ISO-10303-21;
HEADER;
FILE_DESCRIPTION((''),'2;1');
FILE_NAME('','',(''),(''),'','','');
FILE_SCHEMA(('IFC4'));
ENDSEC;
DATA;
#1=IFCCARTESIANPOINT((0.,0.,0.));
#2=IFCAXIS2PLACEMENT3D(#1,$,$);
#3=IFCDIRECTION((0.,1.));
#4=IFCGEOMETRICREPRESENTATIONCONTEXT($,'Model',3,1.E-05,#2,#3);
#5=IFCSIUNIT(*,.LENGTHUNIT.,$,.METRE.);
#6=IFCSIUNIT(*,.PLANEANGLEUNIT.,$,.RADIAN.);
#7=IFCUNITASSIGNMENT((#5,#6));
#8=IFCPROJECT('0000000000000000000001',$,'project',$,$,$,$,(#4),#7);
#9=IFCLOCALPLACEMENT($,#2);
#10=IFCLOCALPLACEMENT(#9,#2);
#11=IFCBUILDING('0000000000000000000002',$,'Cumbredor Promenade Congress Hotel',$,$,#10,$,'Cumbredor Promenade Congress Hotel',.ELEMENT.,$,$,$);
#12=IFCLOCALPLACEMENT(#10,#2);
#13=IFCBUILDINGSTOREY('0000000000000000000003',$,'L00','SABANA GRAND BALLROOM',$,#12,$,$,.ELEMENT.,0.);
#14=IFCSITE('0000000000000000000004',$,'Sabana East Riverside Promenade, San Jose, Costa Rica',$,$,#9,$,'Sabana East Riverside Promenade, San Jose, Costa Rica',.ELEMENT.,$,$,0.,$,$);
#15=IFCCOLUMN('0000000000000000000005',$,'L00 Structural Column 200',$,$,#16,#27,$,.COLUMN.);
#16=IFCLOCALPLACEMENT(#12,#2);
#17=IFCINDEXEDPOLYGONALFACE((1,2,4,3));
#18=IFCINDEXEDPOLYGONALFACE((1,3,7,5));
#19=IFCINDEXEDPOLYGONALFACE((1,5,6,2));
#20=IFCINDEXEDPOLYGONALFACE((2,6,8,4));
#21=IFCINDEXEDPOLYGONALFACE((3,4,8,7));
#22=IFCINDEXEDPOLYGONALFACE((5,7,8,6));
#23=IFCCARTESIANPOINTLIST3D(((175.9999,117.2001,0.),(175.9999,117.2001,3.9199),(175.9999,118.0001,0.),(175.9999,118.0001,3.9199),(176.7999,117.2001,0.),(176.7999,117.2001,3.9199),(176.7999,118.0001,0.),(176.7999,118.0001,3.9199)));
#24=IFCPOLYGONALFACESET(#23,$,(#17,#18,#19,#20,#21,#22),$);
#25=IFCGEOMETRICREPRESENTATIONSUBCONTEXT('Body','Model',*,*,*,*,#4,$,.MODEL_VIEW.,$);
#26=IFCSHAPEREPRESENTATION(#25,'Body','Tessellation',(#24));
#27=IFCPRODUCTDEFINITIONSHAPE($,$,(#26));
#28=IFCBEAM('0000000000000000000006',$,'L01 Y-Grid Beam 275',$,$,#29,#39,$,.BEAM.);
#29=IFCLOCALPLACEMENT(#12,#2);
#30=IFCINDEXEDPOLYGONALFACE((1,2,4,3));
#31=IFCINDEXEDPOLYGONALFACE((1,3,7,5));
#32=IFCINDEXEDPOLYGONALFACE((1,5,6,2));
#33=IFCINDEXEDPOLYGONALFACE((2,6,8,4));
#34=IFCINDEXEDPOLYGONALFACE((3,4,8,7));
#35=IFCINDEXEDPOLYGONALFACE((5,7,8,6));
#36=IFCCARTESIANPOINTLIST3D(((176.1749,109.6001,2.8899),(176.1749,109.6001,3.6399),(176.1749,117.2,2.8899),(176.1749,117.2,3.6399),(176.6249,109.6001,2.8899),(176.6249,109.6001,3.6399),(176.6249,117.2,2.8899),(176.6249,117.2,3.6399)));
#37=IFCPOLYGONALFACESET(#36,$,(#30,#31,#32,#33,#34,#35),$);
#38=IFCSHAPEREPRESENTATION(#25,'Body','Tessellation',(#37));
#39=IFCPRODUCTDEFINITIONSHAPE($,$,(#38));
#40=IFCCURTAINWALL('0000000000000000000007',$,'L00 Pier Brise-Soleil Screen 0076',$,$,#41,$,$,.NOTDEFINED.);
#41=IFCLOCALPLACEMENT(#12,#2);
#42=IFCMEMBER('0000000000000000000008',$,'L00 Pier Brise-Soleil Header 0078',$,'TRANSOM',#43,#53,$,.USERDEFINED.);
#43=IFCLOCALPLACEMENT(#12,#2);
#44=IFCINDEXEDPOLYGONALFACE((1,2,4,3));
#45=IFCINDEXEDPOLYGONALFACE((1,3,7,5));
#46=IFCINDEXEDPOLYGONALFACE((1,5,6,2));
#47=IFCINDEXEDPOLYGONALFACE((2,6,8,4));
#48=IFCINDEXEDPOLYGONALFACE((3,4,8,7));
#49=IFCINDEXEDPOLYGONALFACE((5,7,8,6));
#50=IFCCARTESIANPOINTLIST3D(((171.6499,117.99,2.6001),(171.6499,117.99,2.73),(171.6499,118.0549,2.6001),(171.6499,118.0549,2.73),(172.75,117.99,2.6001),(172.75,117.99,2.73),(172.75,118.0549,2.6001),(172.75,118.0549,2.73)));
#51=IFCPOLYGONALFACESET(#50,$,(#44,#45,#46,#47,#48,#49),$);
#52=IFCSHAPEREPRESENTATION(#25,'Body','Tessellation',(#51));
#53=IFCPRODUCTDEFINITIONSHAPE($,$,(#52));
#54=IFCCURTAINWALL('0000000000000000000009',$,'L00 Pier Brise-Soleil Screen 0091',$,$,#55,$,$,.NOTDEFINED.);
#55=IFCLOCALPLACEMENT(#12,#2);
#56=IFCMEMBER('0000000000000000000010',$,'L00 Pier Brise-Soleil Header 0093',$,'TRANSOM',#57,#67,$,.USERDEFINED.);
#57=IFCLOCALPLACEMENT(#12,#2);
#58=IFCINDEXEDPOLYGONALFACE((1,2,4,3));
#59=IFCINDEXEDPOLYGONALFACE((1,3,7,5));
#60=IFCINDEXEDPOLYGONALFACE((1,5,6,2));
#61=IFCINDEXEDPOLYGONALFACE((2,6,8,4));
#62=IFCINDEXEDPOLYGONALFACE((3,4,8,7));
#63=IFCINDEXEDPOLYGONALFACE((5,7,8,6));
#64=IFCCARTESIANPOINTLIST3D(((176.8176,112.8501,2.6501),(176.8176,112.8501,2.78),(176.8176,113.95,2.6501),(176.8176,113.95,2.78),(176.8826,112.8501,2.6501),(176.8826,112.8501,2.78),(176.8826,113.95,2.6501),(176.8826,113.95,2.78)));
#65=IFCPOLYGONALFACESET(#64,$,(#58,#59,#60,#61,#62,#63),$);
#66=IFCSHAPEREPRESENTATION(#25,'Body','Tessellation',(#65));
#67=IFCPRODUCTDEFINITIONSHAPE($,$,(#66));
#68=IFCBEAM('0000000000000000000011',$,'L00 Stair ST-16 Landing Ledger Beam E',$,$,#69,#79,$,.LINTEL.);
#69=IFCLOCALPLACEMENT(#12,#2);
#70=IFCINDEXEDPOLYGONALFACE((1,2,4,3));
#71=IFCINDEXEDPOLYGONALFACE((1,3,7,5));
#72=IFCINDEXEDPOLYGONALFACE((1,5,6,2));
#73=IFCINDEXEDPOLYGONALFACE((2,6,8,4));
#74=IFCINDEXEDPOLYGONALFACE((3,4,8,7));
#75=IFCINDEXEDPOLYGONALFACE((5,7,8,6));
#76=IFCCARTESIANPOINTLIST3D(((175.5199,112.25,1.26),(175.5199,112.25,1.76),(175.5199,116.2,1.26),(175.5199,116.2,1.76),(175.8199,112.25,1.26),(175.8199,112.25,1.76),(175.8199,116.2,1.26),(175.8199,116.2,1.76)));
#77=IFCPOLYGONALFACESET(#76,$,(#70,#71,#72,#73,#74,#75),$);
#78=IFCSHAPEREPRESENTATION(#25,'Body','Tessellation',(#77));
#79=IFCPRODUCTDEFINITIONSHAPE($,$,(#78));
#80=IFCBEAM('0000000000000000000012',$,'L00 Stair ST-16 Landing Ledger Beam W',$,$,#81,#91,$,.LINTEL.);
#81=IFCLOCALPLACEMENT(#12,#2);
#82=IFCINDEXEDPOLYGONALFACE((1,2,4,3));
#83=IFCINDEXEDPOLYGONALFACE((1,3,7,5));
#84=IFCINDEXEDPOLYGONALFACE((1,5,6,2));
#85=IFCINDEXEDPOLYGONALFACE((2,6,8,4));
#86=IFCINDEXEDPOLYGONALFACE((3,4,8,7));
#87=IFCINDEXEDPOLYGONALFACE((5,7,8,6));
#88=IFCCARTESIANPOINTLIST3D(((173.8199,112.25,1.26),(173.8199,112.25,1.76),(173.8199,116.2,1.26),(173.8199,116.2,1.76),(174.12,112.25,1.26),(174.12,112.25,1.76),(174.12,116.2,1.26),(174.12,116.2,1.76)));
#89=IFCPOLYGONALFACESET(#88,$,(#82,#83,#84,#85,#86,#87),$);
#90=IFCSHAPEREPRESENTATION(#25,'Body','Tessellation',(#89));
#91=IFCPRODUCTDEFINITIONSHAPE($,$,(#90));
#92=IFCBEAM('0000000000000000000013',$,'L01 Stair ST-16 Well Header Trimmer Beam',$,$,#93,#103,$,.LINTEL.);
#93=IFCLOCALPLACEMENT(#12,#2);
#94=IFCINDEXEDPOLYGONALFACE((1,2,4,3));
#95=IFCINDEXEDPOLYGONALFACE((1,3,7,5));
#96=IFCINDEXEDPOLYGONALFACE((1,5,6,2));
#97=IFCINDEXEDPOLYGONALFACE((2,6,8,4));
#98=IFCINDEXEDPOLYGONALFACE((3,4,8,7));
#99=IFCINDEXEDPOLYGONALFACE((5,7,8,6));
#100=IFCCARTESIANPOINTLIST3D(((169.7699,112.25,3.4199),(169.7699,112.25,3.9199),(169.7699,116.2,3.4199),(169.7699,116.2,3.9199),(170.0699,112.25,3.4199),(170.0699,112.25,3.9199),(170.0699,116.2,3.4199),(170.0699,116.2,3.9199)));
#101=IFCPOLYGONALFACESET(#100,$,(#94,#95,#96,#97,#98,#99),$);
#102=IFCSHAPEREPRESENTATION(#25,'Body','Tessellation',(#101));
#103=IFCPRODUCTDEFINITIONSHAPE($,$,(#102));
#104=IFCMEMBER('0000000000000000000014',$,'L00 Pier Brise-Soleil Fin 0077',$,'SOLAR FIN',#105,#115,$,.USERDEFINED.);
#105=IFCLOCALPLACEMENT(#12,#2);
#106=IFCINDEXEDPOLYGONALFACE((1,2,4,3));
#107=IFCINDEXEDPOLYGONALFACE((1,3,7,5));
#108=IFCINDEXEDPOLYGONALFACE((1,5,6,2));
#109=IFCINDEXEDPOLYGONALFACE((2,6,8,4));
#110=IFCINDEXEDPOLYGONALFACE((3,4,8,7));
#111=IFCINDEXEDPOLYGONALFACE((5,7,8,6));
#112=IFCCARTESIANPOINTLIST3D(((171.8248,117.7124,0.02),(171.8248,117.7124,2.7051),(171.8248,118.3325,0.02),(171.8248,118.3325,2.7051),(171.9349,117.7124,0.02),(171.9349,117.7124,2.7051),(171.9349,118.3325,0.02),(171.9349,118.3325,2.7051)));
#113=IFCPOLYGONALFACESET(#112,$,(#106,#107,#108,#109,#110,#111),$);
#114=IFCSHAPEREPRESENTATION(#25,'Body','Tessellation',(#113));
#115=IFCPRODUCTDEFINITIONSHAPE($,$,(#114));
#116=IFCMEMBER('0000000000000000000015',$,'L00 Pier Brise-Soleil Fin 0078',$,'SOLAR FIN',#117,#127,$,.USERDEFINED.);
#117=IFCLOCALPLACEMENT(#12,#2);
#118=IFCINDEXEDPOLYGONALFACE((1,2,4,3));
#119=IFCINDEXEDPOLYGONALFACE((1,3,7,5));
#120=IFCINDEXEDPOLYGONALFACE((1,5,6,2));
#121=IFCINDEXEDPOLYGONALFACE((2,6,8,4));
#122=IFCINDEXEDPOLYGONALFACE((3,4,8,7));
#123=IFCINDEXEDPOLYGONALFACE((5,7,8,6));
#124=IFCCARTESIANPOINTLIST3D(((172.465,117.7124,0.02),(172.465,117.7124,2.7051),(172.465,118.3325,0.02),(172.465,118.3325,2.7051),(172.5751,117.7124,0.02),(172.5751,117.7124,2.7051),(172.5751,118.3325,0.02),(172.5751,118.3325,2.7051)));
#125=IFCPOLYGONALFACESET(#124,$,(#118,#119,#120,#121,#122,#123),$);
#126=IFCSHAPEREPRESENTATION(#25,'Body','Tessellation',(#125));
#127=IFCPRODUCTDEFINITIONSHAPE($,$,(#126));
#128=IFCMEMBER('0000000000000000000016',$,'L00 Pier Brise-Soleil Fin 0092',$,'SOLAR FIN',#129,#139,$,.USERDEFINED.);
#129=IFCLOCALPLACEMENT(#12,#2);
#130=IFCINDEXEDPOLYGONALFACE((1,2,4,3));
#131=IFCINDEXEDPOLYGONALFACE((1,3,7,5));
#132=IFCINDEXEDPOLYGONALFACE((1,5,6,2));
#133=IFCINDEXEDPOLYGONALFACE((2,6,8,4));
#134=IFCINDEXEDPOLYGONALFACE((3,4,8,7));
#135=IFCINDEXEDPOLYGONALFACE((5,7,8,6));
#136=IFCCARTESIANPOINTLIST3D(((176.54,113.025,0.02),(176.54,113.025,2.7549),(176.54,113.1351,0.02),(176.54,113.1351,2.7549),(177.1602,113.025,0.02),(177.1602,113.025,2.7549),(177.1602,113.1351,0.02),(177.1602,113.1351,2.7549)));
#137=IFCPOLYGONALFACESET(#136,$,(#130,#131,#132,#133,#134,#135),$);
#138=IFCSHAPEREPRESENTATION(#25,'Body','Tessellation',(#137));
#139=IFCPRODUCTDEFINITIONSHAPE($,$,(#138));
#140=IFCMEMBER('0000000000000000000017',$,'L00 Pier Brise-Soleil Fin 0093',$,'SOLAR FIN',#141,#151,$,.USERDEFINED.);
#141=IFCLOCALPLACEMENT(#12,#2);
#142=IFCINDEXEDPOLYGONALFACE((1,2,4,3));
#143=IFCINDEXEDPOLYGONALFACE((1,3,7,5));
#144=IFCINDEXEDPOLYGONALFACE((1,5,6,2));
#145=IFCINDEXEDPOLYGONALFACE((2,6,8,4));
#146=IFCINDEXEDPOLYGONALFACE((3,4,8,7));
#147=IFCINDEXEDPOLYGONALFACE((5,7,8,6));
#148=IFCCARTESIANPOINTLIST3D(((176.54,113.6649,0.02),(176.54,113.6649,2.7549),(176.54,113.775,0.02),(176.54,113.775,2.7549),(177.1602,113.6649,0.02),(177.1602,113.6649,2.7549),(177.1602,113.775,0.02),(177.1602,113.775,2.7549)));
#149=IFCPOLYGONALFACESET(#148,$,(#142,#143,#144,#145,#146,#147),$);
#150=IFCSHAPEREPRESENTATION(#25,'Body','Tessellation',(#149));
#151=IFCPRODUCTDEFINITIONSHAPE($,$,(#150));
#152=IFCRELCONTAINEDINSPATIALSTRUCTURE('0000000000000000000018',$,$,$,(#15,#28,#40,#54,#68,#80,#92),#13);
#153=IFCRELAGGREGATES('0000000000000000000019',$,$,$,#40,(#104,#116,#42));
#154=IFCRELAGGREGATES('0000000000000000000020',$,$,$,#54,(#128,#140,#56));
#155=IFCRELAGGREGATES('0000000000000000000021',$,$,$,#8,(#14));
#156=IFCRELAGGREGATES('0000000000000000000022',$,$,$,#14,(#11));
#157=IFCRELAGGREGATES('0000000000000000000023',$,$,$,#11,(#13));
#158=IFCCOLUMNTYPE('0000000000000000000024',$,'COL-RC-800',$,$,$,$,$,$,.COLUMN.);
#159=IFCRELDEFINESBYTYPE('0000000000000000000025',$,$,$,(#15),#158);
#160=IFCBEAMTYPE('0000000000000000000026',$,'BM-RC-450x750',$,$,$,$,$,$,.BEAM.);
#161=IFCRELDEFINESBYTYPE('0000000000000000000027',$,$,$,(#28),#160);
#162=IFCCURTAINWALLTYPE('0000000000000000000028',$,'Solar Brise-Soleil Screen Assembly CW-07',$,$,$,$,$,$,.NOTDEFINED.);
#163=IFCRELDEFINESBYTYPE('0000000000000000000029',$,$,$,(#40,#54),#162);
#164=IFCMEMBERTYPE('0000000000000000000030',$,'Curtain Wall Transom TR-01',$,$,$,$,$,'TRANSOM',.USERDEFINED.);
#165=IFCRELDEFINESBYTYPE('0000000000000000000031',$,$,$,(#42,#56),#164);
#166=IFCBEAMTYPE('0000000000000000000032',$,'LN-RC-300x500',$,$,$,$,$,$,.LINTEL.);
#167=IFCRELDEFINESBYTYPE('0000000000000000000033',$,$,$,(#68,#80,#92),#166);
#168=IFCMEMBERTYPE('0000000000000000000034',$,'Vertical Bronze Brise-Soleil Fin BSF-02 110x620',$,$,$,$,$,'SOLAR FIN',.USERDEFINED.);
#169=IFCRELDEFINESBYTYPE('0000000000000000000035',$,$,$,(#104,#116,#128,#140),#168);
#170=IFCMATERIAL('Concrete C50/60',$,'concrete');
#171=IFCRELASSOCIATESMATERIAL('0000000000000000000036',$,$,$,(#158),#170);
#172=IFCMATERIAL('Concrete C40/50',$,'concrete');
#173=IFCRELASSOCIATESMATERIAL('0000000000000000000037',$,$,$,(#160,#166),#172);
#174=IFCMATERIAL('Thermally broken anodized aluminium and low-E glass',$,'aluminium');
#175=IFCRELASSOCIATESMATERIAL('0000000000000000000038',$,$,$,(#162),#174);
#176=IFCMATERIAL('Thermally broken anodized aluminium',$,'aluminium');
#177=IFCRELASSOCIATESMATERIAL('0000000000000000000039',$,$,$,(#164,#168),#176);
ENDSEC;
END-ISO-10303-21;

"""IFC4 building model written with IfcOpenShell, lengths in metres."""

from ifc_helpers import new_model, si_unit, direction, frame, origin, origin_2d, place, context, subcontext, project, spatial, rectangle, extrude, material, material_profile, profile_set, type_object, element, aggregate, save


model = new_model("IFC4")

# Units and contexts
model_context = context("Model", 3, precision=1e-05, world=origin(), true_north=direction((0.0, 1.0)))
body_context = subcontext(model_context, "Body", "Model", "MODEL_VIEW")
ifc_project = project(units=[si_unit("LENGTHUNIT", "METRE"), si_unit("PLANEANGLEUNIT", "RADIAN")], contexts=[model_context])

# Site, building, storey
site_placement = place(None, origin())
site = spatial("IfcSite", under=ifc_project, at=site_placement, Name="Sabana East Riverside Promenade, San Jose, Costa Rica", LongName="Sabana East Riverside Promenade, San Jose, Costa Rica", CompositionType="ELEMENT", RefElevation=0.0)
building_placement = place(site_placement, origin())
building = spatial("IfcBuilding", under=site, at=building_placement, Name="Cumbredor Promenade Congress Hotel", LongName="Cumbredor Promenade Congress Hotel", CompositionType="ELEMENT")
storey_placement = place(building_placement, origin())
storey = spatial("IfcBuildingStorey", under=building, at=storey_placement, Name="L00", Description="SABANA GRAND BALLROOM", CompositionType="ELEMENT", Elevation=0.0)

# Column
ifc_material_1 = material(Name="Concrete C50/60", Category="concrete")
ifc_material_profile_1 = material_profile(ifc_material_1, rectangle(XDim=0.8, YDim=0.8, at=origin_2d()), Name="RC 800x800")
ifc_profile_set_1 = profile_set([ifc_material_profile_1], Name="Concrete C50/60")
column_type = type_object("IfcColumnType", Name="COL-RC-800", PredefinedType="COLUMN", material=ifc_profile_set_1)
column_placement = place(storey_placement, frame((176.3999, 117.6001, 0.0), z_axis=(0.0, 0.0, 1.0), x_axis=(1.0, 0.0, 0.0)))
element("IfcColumn", 1, at=column_placement, inside=storey, type_object=column_type, Name="L00 Structural Column 200", PredefinedType="COLUMN", context=body_context, shape_type="SweptSolid", body=[
    extrude(rectangle(XDim=0.8, YDim=0.8, at=origin_2d()), origin(), (0.0, 0.0, 1.0), 3.9199),
])

# Beam
ifc_material_2 = material(Name="Concrete C40/50", Category="concrete")
ifc_material_profile_2 = material_profile(ifc_material_2, rectangle(XDim=0.45, YDim=0.75, at=origin_2d()), Name="RC BEAM 450x750")
ifc_profile_set_2 = profile_set([ifc_material_profile_2], Name="Concrete C40/50")
beam_type_1 = type_object("IfcBeamType", Name="BM-RC-450x750", PredefinedType="BEAM", material=ifc_profile_set_2)
beam_placement = place(storey_placement, frame((176.3999, 109.6001, 3.2649), z_axis=(0.0, 1.0, 0.0), x_axis=(-1.0, 0.0, 0.0)))
element("IfcBeam", 2, at=beam_placement, inside=storey, type_object=beam_type_1, Name="L01 Y-Grid Beam 275", PredefinedType="BEAM", context=body_context, shape_type="SweptSolid", body=[
    extrude(rectangle(XDim=0.45, YDim=0.75, at=origin_2d()), origin(), (0.0, 0.0, 1.0), 7.5999),
])

# Curtain walls, members
ifc_material_3 = material(Name="Thermally broken anodized aluminium and low-E glass", Category="aluminium")
curtain_wall_type = type_object("IfcCurtainWallType", Name="Solar Brise-Soleil Screen Assembly CW-07", PredefinedType="NOTDEFINED", material=ifc_material_3)
curtain_wall_1_placement = place(storey_placement, origin())
curtain_wall_1 = element("IfcCurtainWall", 3, at=curtain_wall_1_placement, inside=storey, type_object=curtain_wall_type, Name="L00 Pier Brise-Soleil Screen 0076", PredefinedType="NOTDEFINED")
ifc_material_4 = material(Name="Thermally broken anodized aluminium", Category="aluminium")
ifc_material_profile_3 = material_profile(ifc_material_4, rectangle(XDim=0.0649, YDim=0.1299, at=origin_2d()), Name="ALU TRANSOM 65x130")
ifc_profile_set_3 = profile_set([ifc_material_profile_3], Name="Thermally broken anodized aluminium")
member_type_1 = type_object("IfcMemberType", Name="Curtain Wall Transom TR-01", ElementType="TRANSOM", PredefinedType="USERDEFINED", material=ifc_profile_set_3)
member_1_placement = place(storey_placement, frame((171.6499, 118.0225, 2.665), z_axis=(1.0, 0.0, 0.0), x_axis=(0.0, 1.0, 0.0)))
member_1 = element("IfcMember", 4, at=member_1_placement, type_object=member_type_1, Name="L00 Pier Brise-Soleil Header 0078", ObjectType="TRANSOM", PredefinedType="USERDEFINED", context=body_context, shape_type="SweptSolid", body=[
    extrude(rectangle(XDim=0.0649, YDim=0.1299, at=origin_2d()), origin(), (0.0, 0.0, 1.0), 1.1001),
])
curtain_wall_2_placement = place(storey_placement, origin())
curtain_wall_2 = element("IfcCurtainWall", 5, at=curtain_wall_2_placement, inside=storey, type_object=curtain_wall_type, Name="L00 Pier Brise-Soleil Screen 0091", PredefinedType="NOTDEFINED")
member_2_placement = place(storey_placement, frame((176.8501, 112.8501, 2.7151), z_axis=(0.0, 1.0, 0.0), x_axis=(-1.0, 0.0, 0.0)))
member_2 = element("IfcMember", 6, at=member_2_placement, type_object=member_type_1, Name="L00 Pier Brise-Soleil Header 0093", ObjectType="TRANSOM", PredefinedType="USERDEFINED", context=body_context, shape_type="SweptSolid", body=[
    extrude(rectangle(XDim=0.0649, YDim=0.1299, at=origin_2d()), origin(), (0.0, 0.0, 1.0), 1.0999),
])

# Beams
ifc_material_profile_4 = material_profile(ifc_material_2, rectangle(XDim=0.3, YDim=0.5, at=origin_2d()), Name="RC LINTEL 300x500")
ifc_profile_set_4 = profile_set([ifc_material_profile_4], Name="Concrete C40/50")
beam_type_2 = type_object("IfcBeamType", Name="LN-RC-300x500", PredefinedType="LINTEL", material=ifc_profile_set_4)
for number, where, z_axis, x_axis, name in (
    (7, (175.6699, 112.25, 1.51), (0.0, 1.0, 0.0), (-1.0, 0.0, 0.0), "L00 Stair ST-16 Landing Ledger Beam E"),
    (8, (173.97, 112.25, 1.51), (0.0, 1.0, 0.0), (-1.0, 0.0, 0.0), "L00 Stair ST-16 Landing Ledger Beam W"),
    (9, (169.9199, 112.25, 3.6699), (0.0, 1.0, 0.0), (-1.0, 0.0, 0.0), "L01 Stair ST-16 Well Header Trimmer Beam"),
):
    element("IfcBeam", number, at=place(storey_placement, frame(where, z_axis=z_axis, x_axis=x_axis)), inside=storey, type_object=beam_type_2, Name=name, PredefinedType="LINTEL", context=body_context, shape_type="SweptSolid", body=[
        extrude(rectangle(XDim=0.3, YDim=0.5, at=origin_2d()), origin(), (0.0, 0.0, 1.0), 3.95),
    ])

# Members
ifc_material_profile_5 = material_profile(ifc_material_4, rectangle(XDim=0.1101, YDim=0.6201, at=origin_2d()), Name="ARCH FIN 110x620")
ifc_profile_set_5 = profile_set([ifc_material_profile_5], Name="Thermally broken anodized aluminium")
member_type_2 = type_object("IfcMemberType", Name="Vertical Bronze Brise-Soleil Fin BSF-02 110x620", ElementType="SOLAR FIN", PredefinedType="USERDEFINED", material=ifc_profile_set_5)
member_3_placement = place(storey_placement, frame((171.8799, 118.0225, 0.02), z_axis=(0.0, 0.0, 1.0), x_axis=(1.0, 0.0, 0.0)))
member_3 = element("IfcMember", 10, at=member_3_placement, type_object=member_type_2, Name="L00 Pier Brise-Soleil Fin 0077", ObjectType="SOLAR FIN", PredefinedType="USERDEFINED", context=body_context, shape_type="SweptSolid", body=[
    extrude(rectangle(XDim=0.1101, YDim=0.6201, at=origin_2d()), origin(), (0.0, 0.0, 1.0), 2.6851),
])
member_4_placement = place(storey_placement, frame((172.52, 118.0225, 0.02), z_axis=(0.0, 0.0, 1.0), x_axis=(1.0, 0.0, 0.0)))
member_4 = element("IfcMember", 11, at=member_4_placement, type_object=member_type_2, Name="L00 Pier Brise-Soleil Fin 0078", ObjectType="SOLAR FIN", PredefinedType="USERDEFINED", context=body_context, shape_type="SweptSolid", body=[
    extrude(rectangle(XDim=0.1101, YDim=0.6201, at=origin_2d()), origin(), (0.0, 0.0, 1.0), 2.6851),
])
aggregate(curtain_wall_1, [member_3, member_4, member_1])
member_5_placement = place(storey_placement, frame((176.8501, 113.0801, 0.02), z_axis=(0.0, 0.0, 1.0), x_axis=(0.0, 1.0, 0.0)))
member_5 = element("IfcMember", 12, at=member_5_placement, type_object=member_type_2, Name="L00 Pier Brise-Soleil Fin 0092", ObjectType="SOLAR FIN", PredefinedType="USERDEFINED", context=body_context, shape_type="SweptSolid", body=[
    extrude(rectangle(XDim=0.1101, YDim=0.6201, at=origin_2d()), origin(), (0.0, 0.0, 1.0), 2.7349),
])
member_6_placement = place(storey_placement, frame((176.8501, 113.72, 0.02), z_axis=(0.0, 0.0, 1.0), x_axis=(0.0, 1.0, 0.0)))
member_6 = element("IfcMember", 13, at=member_6_placement, type_object=member_type_2, Name="L00 Pier Brise-Soleil Fin 0093", ObjectType="SOLAR FIN", PredefinedType="USERDEFINED", context=body_context, shape_type="SweptSolid", body=[
    extrude(rectangle(XDim=0.1101, YDim=0.6201, at=origin_2d()), origin(), (0.0, 0.0, 1.0), 2.7349),
])
aggregate(curtain_wall_2, [member_5, member_6, member_2])

save(model, "model.ifc")
